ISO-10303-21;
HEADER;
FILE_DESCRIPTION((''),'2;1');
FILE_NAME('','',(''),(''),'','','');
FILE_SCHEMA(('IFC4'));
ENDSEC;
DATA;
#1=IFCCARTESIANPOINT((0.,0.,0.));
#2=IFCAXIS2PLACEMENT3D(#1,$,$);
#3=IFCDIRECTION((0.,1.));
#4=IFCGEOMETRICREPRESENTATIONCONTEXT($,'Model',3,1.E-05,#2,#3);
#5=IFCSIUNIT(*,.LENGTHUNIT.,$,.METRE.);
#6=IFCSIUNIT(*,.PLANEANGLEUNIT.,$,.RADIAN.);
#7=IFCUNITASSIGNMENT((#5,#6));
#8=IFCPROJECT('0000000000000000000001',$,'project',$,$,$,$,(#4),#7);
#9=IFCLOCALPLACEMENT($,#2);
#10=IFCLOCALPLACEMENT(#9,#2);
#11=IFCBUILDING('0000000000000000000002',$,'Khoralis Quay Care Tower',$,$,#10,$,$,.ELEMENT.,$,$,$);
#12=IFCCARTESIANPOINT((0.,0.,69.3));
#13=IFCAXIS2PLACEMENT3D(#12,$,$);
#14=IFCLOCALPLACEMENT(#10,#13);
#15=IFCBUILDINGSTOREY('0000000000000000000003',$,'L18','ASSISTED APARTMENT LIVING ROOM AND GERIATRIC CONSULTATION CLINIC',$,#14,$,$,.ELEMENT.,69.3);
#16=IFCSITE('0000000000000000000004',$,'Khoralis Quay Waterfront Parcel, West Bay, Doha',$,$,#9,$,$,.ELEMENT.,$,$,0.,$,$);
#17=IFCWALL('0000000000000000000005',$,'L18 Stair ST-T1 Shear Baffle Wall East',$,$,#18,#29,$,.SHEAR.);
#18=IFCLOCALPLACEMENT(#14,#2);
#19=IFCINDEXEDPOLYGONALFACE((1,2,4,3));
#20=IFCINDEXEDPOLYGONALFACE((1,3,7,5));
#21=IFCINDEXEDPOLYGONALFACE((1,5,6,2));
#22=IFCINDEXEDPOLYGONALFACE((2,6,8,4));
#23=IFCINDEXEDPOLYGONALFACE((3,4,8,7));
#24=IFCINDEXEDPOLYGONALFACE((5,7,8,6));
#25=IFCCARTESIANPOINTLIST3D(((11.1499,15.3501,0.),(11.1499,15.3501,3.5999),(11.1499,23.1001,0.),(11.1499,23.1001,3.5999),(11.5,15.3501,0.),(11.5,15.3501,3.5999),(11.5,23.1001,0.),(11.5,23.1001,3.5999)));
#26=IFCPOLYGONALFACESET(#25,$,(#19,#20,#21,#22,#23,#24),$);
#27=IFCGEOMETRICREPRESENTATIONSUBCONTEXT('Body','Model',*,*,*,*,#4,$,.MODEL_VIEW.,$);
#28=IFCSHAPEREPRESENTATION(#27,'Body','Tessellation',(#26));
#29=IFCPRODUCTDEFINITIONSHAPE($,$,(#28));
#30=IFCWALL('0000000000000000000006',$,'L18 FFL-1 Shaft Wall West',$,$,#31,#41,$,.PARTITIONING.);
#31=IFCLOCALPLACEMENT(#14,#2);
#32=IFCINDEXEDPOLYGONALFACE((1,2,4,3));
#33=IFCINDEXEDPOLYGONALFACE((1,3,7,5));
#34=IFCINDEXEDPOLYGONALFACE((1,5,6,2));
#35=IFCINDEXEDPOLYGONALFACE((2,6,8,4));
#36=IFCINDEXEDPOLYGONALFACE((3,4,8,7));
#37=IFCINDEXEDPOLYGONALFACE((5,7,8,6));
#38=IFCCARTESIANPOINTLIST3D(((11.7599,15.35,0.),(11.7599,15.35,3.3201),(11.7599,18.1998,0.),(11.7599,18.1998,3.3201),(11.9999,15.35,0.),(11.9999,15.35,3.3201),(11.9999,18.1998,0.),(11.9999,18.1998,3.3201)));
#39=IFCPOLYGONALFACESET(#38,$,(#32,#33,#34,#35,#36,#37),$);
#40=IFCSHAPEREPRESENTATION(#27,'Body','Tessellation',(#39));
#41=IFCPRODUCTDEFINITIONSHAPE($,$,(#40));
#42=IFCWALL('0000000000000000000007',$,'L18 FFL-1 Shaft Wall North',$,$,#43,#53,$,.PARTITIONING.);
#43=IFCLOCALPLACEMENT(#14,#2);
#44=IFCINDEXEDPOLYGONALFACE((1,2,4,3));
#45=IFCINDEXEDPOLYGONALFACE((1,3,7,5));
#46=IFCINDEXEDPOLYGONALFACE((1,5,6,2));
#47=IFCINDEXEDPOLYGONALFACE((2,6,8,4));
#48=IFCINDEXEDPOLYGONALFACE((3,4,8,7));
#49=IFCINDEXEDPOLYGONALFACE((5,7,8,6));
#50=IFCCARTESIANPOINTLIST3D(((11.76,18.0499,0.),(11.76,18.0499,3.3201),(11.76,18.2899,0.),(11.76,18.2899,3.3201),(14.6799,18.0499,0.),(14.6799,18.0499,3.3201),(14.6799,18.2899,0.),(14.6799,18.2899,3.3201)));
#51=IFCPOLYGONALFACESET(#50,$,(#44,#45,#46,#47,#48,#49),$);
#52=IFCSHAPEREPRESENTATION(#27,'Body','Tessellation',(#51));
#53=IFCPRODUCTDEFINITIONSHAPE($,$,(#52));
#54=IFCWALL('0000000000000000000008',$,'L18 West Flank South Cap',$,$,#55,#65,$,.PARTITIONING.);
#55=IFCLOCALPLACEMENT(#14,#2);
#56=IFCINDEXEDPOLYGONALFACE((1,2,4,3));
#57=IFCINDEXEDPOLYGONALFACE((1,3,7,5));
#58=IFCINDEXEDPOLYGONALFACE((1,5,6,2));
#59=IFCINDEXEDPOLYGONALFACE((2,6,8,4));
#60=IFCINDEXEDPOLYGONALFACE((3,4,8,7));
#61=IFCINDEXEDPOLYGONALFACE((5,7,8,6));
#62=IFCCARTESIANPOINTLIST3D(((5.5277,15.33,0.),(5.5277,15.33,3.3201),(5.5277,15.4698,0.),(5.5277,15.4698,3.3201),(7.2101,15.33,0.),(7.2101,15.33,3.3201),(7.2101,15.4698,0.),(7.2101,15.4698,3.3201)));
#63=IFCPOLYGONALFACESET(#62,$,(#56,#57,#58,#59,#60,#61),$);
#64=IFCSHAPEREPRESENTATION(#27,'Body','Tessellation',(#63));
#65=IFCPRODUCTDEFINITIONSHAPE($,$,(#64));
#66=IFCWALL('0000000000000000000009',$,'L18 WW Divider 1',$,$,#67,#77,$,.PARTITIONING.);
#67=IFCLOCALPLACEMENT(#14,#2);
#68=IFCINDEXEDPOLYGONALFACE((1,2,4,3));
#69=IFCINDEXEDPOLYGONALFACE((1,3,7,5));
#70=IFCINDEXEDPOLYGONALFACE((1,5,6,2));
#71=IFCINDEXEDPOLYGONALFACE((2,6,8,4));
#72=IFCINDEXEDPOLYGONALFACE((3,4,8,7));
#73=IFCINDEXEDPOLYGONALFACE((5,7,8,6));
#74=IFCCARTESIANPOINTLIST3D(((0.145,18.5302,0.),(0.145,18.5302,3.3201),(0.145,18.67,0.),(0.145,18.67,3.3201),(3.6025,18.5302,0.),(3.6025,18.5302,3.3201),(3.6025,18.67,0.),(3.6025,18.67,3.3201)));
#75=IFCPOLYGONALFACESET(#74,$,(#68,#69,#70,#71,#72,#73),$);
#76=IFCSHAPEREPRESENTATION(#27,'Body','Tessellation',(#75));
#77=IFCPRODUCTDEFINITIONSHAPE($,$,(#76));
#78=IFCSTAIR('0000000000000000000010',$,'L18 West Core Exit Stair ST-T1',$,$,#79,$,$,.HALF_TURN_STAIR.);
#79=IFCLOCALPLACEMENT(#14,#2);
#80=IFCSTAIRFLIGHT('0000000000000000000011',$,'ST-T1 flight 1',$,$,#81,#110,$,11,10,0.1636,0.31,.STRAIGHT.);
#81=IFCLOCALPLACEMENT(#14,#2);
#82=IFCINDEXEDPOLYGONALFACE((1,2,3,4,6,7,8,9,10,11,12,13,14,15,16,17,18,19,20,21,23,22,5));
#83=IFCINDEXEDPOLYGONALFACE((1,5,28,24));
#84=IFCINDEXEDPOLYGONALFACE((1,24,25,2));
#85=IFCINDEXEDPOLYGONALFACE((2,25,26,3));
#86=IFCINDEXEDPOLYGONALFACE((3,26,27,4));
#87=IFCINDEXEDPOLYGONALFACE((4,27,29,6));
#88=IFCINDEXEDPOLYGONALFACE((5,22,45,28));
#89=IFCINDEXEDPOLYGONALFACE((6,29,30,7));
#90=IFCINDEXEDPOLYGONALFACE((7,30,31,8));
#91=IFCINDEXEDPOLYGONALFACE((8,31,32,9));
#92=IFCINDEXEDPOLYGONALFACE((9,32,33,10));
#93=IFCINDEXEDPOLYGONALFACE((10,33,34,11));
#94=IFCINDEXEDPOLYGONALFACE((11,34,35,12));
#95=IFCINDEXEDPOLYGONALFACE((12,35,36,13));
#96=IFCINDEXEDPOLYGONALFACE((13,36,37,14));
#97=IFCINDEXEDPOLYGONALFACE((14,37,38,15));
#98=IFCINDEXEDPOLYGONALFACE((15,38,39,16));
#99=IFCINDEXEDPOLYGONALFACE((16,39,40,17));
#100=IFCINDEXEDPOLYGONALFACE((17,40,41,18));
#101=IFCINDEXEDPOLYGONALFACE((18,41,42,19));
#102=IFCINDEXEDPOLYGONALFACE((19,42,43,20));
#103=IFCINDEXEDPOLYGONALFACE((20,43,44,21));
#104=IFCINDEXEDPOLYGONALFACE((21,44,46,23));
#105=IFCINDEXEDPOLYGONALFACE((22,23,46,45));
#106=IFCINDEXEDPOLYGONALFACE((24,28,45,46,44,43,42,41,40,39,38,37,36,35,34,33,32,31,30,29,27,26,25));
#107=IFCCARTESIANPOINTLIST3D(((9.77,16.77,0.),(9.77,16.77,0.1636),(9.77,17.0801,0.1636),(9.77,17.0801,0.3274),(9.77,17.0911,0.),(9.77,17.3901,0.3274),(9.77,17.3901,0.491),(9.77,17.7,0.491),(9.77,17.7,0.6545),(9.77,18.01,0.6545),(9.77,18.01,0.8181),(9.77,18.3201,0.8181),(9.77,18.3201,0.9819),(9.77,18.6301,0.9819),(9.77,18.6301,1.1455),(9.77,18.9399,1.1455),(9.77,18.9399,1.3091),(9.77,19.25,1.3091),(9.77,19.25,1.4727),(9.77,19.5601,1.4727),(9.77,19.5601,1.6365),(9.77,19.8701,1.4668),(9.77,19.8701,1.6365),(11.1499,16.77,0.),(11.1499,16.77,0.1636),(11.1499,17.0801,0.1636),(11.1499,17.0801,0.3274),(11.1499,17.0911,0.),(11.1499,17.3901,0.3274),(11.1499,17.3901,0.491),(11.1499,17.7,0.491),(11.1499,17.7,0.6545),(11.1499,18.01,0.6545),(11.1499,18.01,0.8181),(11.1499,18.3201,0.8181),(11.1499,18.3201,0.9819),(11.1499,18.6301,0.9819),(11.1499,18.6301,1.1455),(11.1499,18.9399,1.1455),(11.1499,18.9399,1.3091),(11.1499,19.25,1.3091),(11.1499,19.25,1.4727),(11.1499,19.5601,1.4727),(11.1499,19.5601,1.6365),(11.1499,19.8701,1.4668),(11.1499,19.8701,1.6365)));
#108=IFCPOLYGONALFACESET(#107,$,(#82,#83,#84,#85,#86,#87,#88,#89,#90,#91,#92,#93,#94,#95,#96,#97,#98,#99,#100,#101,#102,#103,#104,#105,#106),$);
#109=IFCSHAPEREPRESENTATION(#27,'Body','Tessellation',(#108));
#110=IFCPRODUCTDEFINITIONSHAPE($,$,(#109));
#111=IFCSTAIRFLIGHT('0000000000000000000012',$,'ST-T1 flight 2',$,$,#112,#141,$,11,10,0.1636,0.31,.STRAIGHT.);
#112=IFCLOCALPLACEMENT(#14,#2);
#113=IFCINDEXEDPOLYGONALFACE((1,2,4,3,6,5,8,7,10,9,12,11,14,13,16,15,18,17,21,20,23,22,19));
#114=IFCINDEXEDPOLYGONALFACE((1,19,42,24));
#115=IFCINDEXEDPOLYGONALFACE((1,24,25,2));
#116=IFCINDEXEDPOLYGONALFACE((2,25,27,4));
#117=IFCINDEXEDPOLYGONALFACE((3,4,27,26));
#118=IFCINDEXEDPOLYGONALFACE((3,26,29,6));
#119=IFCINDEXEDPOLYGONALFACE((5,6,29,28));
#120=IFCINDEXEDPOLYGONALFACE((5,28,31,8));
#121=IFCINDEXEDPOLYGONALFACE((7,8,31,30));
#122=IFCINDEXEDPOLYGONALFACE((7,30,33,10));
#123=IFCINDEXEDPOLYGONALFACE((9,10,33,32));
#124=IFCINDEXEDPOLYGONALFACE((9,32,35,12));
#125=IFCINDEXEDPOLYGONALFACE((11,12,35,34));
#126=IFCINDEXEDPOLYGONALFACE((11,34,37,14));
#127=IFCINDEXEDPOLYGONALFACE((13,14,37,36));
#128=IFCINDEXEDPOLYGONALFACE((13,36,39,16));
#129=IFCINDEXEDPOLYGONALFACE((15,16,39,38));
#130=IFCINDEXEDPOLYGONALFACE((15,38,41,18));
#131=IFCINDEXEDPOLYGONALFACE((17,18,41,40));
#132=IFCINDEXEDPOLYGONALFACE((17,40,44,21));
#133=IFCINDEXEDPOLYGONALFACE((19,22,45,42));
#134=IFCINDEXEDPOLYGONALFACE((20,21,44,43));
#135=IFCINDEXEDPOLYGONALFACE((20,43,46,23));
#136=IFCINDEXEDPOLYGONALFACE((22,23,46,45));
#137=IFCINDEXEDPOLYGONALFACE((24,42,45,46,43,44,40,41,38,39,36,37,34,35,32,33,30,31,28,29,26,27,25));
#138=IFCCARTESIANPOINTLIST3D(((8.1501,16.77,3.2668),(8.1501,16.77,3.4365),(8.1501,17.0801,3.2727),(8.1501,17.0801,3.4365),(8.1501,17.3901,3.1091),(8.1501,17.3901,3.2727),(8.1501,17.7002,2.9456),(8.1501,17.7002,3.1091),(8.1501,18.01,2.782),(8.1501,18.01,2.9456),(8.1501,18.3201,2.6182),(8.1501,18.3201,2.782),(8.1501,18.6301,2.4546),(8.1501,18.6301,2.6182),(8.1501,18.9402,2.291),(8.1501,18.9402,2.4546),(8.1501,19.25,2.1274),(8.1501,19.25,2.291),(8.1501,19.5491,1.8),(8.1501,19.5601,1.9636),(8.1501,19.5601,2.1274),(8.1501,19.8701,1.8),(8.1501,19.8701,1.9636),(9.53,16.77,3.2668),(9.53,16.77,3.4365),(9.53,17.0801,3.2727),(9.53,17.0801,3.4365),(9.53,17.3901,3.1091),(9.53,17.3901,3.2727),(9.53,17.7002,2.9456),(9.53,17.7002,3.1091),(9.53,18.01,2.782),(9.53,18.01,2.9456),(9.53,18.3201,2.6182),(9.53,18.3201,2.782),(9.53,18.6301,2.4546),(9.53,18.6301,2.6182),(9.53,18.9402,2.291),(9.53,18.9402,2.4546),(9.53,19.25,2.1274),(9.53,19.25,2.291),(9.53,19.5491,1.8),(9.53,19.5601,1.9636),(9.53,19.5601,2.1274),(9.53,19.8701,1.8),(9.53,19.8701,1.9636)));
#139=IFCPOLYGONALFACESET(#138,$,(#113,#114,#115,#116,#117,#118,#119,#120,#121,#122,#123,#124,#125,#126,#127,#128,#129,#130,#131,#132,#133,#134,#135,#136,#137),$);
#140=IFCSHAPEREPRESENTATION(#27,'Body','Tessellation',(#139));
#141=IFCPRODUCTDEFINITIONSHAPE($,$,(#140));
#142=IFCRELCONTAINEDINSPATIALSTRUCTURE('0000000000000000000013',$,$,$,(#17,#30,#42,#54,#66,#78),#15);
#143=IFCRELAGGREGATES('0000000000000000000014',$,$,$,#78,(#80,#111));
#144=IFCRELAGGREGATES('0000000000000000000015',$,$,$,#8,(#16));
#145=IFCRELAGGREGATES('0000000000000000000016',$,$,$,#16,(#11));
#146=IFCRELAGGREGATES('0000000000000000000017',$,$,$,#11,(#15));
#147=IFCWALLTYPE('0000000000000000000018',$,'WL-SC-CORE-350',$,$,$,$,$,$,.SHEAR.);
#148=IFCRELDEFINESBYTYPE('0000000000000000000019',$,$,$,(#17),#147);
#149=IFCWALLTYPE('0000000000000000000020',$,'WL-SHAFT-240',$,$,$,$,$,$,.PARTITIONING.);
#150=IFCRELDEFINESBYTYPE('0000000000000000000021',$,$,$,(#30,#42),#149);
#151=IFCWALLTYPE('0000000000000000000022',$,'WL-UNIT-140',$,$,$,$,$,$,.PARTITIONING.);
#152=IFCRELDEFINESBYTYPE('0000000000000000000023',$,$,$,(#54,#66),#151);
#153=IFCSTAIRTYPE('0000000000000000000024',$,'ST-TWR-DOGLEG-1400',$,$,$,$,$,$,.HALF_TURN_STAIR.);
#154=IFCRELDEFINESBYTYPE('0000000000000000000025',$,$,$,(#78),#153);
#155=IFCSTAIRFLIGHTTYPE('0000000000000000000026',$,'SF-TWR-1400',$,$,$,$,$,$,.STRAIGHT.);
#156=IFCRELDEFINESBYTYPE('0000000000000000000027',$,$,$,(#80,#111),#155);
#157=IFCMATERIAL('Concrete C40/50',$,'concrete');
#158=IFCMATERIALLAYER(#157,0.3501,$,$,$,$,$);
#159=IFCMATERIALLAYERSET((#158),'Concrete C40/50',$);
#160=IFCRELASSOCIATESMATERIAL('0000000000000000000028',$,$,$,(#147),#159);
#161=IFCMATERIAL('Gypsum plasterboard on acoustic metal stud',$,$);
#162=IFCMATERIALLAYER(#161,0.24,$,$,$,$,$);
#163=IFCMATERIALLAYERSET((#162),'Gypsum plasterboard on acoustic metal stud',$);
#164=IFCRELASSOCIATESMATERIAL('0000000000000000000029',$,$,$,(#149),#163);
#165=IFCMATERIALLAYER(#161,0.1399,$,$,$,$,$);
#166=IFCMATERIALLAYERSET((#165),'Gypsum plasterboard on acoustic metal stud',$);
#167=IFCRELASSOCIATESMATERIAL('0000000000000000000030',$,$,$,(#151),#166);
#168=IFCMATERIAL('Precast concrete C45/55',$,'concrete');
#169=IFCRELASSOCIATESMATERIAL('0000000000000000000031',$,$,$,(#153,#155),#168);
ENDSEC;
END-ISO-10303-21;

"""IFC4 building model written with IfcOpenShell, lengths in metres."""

from ifc_helpers import new_model, si_unit, direction, frame, frame_2d, origin, place, context, subcontext, project, spatial, polyline, rectangle, outline, extrude, source, transform, mapped, material, layer, layer_set, type_object, element, aggregate, save


model = new_model("IFC4")

# Units and contexts
model_context = context("Model", 3, precision=1e-05, world=origin(), true_north=direction((0.0, 1.0)))
body_context = subcontext(model_context, "Body", "Model", "MODEL_VIEW")
ifc_project = project(units=[si_unit("LENGTHUNIT", "METRE"), si_unit("PLANEANGLEUNIT", "RADIAN")], contexts=[model_context])

# Site, building, storey
site_placement = place(None, origin())
site = spatial("IfcSite", under=ifc_project, at=site_placement, Name="Khoralis Quay Waterfront Parcel, West Bay, Doha", CompositionType="ELEMENT", RefElevation=0.0)
building_placement = place(site_placement, origin())
building = spatial("IfcBuilding", under=site, at=building_placement, Name="Khoralis Quay Care Tower", CompositionType="ELEMENT")
storey_placement = place(building_placement, frame((0.0, 0.0, 69.3)))
storey = spatial("IfcBuildingStorey", under=building, at=storey_placement, Name="L18", Description="ASSISTED APARTMENT LIVING ROOM AND GERIATRIC CONSULTATION CLINIC", CompositionType="ELEMENT", Elevation=69.3)

# Shared definitions
ifc_material_1 = material(Name="Gypsum plasterboard on acoustic metal stud")

# Shared definitions
ifc_material_2 = material(Name="Precast concrete C45/55", Category="concrete")

# Walls
ifc_material_3 = material(Name="Concrete C40/50", Category="concrete")
ifc_layer_1 = layer(ifc_material_3, 0.3501)
ifc_layer_set_1 = layer_set([ifc_layer_1], Name="Concrete C40/50")
wall_type_1 = type_object("IfcWallType", Name="WL-SC-CORE-350", PredefinedType="SHEAR", material=ifc_layer_set_1)
wall_1_placement = place(storey_placement, frame((11.325, 15.3501, 0.0), z_axis=(0.0, 0.0, 1.0), x_axis=(0.0, 1.0, 0.0)))
element("IfcWall", 1, at=wall_1_placement, inside=storey, type_object=wall_type_1, Name="L18 Stair ST-T1 Shear Baffle Wall East", PredefinedType="SHEAR", context=body_context, shape_type="SweptSolid", body=[
    extrude(rectangle(XDim=7.75, YDim=0.3501, at=frame_2d((3.875, 0.0))), origin(), (0.0, 0.0, 1.0), 3.5999),
])
ifc_layer_2 = layer(ifc_material_1, 0.24)
ifc_layer_set_2 = layer_set([ifc_layer_2], Name="Gypsum plasterboard on acoustic metal stud")
wall_type_2 = type_object("IfcWallType", Name="WL-SHAFT-240", PredefinedType="PARTITIONING", material=ifc_layer_set_2)
wall_2_placement = place(storey_placement, frame((11.8799, 15.3501, 0.0), z_axis=(0.0, 0.0, 1.0), x_axis=(0.0, 1.0, 0.0)))
element("IfcWall", 2, at=wall_2_placement, inside=storey, type_object=wall_type_2, Name="L18 FFL-1 Shaft Wall West", PredefinedType="PARTITIONING", context=body_context, shape_type="SweptSolid", body=[
    extrude(rectangle(XDim=2.8499, YDim=0.24, at=frame_2d((1.4248, 0.0))), origin(), (0.0, 0.0, 1.0), 3.3201),
])
wall_3_placement = place(storey_placement, frame((11.76, 18.1699, 0.0), z_axis=(0.0, 0.0, 1.0), x_axis=(1.0, 0.0, 0.0)))
element("IfcWall", 3, at=wall_3_placement, inside=storey, type_object=wall_type_2, Name="L18 FFL-1 Shaft Wall North", PredefinedType="PARTITIONING", context=body_context, shape_type="SweptSolid", body=[
    extrude(rectangle(XDim=2.9199, YDim=0.24, at=frame_2d((1.46, 0.0))), origin(), (0.0, 0.0, 1.0), 3.3201),
])
ifc_layer_3 = layer(ifc_material_1, 0.1399)
ifc_layer_set_3 = layer_set([ifc_layer_3], Name="Gypsum plasterboard on acoustic metal stud")
wall_type_3 = type_object("IfcWallType", Name="WL-UNIT-140", PredefinedType="PARTITIONING", material=ifc_layer_set_3)
wall_4_placement = place(storey_placement, frame((5.5276, 15.3999, 0.0), z_axis=(0.0, 0.0, 1.0), x_axis=(1.0, 0.0, 0.0)))
element("IfcWall", 4, at=wall_4_placement, inside=storey, type_object=wall_type_3, Name="L18 West Flank South Cap", PredefinedType="PARTITIONING", context=body_context, shape_type="SweptSolid", body=[
    extrude(rectangle(XDim=1.6824, YDim=0.1399, at=frame_2d((0.8413, 0.0))), origin(), (0.0, 0.0, 1.0), 3.3201),
])
wall_5_placement = place(storey_placement, frame((0.145, 18.6001, 0.0), z_axis=(0.0, 0.0, 1.0), x_axis=(1.0, 0.0, 0.0)))
element("IfcWall", 5, at=wall_5_placement, inside=storey, type_object=wall_type_3, Name="L18 WW Divider 1", PredefinedType="PARTITIONING", context=body_context, shape_type="SweptSolid", body=[
    extrude(rectangle(XDim=3.4575, YDim=0.1399, at=frame_2d((1.7288, 0.0))), origin(), (0.0, 0.0, 1.0), 3.3201),
])

# Stair, stair flights
stair_type = type_object("IfcStairType", Name="ST-TWR-DOGLEG-1400", PredefinedType="HALF_TURN_STAIR", material=ifc_material_2)
stair_placement = place(storey_placement, origin())
stair = element("IfcStair", 6, at=stair_placement, inside=storey, type_object=stair_type, Name="L18 West Core Exit Stair ST-T1", PredefinedType="HALF_TURN_STAIR")
stair_flight_type = type_object("IfcStairFlightType", Name="SF-TWR-1400", PredefinedType="STRAIGHT", material=ifc_material_2)
shared_shape_1 = source(origin(), body_context, "Body", "SweptSolid", [
    extrude(outline(polyline([(0.0, 0.0), (0.0, 0.1636), (0.3101, 0.1636), (0.3101, 0.3274), (0.6201, 0.3274), (0.6201, 0.491), (0.9299, 0.491), (0.9299, 0.6545), (1.24, 0.6545), (1.24, 0.8181), (1.55, 0.8181), (1.55, 0.9819), (1.8601, 0.9819), (1.8601, 1.1455), (2.1699, 1.1455), (2.1699, 1.3091), (2.48, 1.3091), (2.48, 1.4727), (2.79, 1.4727), (2.79, 1.6365), (3.1001, 1.6365), (3.1001, 1.8), (3.1001, 1.4668), (0.321, 0.0), (0.0, 0.0)])), frame((0.0, 0.6899, 0.0), z_axis=(0.0, -1.0, 0.0), x_axis=(1.0, 0.0, 0.0)), (0.0, 0.0, 1.0), 1.3799),
])
stair_flight_1_placement = place(storey_placement, frame((10.46, 16.77, 0.0), z_axis=(0.0, 0.0, 1.0), x_axis=(0.0, 1.0, 0.0)))
stair_flight_1 = element("IfcStairFlight", 7, at=stair_flight_1_placement, type_object=stair_flight_type, Name="ST-T1 flight 1", NumberOfRisers=11, NumberOfTreads=10, PredefinedType="STRAIGHT", RiserHeight=0.1636, TreadLength=0.31, context=body_context, shape_type="MappedRepresentation", body=[
    mapped(shared_shape_1, transform((0.0, 0.0, 0.0), scale=1.0)),
])
stair_flight_2_placement = place(storey_placement, frame((8.8401, 19.8701, 1.8), z_axis=(0.0, 0.0, 1.0), x_axis=(0.0, -1.0, 0.0)))
stair_flight_2 = element("IfcStairFlight", 8, at=stair_flight_2_placement, type_object=stair_flight_type, Name="ST-T1 flight 2", NumberOfRisers=11, NumberOfTreads=10, PredefinedType="STRAIGHT", RiserHeight=0.1636, TreadLength=0.31, context=body_context, shape_type="MappedRepresentation", body=[
    mapped(shared_shape_1, transform((0.0, 0.0, 0.0), scale=1.0)),
])
aggregate(stair, [stair_flight_1, stair_flight_2])

save(model, "model.ifc")
